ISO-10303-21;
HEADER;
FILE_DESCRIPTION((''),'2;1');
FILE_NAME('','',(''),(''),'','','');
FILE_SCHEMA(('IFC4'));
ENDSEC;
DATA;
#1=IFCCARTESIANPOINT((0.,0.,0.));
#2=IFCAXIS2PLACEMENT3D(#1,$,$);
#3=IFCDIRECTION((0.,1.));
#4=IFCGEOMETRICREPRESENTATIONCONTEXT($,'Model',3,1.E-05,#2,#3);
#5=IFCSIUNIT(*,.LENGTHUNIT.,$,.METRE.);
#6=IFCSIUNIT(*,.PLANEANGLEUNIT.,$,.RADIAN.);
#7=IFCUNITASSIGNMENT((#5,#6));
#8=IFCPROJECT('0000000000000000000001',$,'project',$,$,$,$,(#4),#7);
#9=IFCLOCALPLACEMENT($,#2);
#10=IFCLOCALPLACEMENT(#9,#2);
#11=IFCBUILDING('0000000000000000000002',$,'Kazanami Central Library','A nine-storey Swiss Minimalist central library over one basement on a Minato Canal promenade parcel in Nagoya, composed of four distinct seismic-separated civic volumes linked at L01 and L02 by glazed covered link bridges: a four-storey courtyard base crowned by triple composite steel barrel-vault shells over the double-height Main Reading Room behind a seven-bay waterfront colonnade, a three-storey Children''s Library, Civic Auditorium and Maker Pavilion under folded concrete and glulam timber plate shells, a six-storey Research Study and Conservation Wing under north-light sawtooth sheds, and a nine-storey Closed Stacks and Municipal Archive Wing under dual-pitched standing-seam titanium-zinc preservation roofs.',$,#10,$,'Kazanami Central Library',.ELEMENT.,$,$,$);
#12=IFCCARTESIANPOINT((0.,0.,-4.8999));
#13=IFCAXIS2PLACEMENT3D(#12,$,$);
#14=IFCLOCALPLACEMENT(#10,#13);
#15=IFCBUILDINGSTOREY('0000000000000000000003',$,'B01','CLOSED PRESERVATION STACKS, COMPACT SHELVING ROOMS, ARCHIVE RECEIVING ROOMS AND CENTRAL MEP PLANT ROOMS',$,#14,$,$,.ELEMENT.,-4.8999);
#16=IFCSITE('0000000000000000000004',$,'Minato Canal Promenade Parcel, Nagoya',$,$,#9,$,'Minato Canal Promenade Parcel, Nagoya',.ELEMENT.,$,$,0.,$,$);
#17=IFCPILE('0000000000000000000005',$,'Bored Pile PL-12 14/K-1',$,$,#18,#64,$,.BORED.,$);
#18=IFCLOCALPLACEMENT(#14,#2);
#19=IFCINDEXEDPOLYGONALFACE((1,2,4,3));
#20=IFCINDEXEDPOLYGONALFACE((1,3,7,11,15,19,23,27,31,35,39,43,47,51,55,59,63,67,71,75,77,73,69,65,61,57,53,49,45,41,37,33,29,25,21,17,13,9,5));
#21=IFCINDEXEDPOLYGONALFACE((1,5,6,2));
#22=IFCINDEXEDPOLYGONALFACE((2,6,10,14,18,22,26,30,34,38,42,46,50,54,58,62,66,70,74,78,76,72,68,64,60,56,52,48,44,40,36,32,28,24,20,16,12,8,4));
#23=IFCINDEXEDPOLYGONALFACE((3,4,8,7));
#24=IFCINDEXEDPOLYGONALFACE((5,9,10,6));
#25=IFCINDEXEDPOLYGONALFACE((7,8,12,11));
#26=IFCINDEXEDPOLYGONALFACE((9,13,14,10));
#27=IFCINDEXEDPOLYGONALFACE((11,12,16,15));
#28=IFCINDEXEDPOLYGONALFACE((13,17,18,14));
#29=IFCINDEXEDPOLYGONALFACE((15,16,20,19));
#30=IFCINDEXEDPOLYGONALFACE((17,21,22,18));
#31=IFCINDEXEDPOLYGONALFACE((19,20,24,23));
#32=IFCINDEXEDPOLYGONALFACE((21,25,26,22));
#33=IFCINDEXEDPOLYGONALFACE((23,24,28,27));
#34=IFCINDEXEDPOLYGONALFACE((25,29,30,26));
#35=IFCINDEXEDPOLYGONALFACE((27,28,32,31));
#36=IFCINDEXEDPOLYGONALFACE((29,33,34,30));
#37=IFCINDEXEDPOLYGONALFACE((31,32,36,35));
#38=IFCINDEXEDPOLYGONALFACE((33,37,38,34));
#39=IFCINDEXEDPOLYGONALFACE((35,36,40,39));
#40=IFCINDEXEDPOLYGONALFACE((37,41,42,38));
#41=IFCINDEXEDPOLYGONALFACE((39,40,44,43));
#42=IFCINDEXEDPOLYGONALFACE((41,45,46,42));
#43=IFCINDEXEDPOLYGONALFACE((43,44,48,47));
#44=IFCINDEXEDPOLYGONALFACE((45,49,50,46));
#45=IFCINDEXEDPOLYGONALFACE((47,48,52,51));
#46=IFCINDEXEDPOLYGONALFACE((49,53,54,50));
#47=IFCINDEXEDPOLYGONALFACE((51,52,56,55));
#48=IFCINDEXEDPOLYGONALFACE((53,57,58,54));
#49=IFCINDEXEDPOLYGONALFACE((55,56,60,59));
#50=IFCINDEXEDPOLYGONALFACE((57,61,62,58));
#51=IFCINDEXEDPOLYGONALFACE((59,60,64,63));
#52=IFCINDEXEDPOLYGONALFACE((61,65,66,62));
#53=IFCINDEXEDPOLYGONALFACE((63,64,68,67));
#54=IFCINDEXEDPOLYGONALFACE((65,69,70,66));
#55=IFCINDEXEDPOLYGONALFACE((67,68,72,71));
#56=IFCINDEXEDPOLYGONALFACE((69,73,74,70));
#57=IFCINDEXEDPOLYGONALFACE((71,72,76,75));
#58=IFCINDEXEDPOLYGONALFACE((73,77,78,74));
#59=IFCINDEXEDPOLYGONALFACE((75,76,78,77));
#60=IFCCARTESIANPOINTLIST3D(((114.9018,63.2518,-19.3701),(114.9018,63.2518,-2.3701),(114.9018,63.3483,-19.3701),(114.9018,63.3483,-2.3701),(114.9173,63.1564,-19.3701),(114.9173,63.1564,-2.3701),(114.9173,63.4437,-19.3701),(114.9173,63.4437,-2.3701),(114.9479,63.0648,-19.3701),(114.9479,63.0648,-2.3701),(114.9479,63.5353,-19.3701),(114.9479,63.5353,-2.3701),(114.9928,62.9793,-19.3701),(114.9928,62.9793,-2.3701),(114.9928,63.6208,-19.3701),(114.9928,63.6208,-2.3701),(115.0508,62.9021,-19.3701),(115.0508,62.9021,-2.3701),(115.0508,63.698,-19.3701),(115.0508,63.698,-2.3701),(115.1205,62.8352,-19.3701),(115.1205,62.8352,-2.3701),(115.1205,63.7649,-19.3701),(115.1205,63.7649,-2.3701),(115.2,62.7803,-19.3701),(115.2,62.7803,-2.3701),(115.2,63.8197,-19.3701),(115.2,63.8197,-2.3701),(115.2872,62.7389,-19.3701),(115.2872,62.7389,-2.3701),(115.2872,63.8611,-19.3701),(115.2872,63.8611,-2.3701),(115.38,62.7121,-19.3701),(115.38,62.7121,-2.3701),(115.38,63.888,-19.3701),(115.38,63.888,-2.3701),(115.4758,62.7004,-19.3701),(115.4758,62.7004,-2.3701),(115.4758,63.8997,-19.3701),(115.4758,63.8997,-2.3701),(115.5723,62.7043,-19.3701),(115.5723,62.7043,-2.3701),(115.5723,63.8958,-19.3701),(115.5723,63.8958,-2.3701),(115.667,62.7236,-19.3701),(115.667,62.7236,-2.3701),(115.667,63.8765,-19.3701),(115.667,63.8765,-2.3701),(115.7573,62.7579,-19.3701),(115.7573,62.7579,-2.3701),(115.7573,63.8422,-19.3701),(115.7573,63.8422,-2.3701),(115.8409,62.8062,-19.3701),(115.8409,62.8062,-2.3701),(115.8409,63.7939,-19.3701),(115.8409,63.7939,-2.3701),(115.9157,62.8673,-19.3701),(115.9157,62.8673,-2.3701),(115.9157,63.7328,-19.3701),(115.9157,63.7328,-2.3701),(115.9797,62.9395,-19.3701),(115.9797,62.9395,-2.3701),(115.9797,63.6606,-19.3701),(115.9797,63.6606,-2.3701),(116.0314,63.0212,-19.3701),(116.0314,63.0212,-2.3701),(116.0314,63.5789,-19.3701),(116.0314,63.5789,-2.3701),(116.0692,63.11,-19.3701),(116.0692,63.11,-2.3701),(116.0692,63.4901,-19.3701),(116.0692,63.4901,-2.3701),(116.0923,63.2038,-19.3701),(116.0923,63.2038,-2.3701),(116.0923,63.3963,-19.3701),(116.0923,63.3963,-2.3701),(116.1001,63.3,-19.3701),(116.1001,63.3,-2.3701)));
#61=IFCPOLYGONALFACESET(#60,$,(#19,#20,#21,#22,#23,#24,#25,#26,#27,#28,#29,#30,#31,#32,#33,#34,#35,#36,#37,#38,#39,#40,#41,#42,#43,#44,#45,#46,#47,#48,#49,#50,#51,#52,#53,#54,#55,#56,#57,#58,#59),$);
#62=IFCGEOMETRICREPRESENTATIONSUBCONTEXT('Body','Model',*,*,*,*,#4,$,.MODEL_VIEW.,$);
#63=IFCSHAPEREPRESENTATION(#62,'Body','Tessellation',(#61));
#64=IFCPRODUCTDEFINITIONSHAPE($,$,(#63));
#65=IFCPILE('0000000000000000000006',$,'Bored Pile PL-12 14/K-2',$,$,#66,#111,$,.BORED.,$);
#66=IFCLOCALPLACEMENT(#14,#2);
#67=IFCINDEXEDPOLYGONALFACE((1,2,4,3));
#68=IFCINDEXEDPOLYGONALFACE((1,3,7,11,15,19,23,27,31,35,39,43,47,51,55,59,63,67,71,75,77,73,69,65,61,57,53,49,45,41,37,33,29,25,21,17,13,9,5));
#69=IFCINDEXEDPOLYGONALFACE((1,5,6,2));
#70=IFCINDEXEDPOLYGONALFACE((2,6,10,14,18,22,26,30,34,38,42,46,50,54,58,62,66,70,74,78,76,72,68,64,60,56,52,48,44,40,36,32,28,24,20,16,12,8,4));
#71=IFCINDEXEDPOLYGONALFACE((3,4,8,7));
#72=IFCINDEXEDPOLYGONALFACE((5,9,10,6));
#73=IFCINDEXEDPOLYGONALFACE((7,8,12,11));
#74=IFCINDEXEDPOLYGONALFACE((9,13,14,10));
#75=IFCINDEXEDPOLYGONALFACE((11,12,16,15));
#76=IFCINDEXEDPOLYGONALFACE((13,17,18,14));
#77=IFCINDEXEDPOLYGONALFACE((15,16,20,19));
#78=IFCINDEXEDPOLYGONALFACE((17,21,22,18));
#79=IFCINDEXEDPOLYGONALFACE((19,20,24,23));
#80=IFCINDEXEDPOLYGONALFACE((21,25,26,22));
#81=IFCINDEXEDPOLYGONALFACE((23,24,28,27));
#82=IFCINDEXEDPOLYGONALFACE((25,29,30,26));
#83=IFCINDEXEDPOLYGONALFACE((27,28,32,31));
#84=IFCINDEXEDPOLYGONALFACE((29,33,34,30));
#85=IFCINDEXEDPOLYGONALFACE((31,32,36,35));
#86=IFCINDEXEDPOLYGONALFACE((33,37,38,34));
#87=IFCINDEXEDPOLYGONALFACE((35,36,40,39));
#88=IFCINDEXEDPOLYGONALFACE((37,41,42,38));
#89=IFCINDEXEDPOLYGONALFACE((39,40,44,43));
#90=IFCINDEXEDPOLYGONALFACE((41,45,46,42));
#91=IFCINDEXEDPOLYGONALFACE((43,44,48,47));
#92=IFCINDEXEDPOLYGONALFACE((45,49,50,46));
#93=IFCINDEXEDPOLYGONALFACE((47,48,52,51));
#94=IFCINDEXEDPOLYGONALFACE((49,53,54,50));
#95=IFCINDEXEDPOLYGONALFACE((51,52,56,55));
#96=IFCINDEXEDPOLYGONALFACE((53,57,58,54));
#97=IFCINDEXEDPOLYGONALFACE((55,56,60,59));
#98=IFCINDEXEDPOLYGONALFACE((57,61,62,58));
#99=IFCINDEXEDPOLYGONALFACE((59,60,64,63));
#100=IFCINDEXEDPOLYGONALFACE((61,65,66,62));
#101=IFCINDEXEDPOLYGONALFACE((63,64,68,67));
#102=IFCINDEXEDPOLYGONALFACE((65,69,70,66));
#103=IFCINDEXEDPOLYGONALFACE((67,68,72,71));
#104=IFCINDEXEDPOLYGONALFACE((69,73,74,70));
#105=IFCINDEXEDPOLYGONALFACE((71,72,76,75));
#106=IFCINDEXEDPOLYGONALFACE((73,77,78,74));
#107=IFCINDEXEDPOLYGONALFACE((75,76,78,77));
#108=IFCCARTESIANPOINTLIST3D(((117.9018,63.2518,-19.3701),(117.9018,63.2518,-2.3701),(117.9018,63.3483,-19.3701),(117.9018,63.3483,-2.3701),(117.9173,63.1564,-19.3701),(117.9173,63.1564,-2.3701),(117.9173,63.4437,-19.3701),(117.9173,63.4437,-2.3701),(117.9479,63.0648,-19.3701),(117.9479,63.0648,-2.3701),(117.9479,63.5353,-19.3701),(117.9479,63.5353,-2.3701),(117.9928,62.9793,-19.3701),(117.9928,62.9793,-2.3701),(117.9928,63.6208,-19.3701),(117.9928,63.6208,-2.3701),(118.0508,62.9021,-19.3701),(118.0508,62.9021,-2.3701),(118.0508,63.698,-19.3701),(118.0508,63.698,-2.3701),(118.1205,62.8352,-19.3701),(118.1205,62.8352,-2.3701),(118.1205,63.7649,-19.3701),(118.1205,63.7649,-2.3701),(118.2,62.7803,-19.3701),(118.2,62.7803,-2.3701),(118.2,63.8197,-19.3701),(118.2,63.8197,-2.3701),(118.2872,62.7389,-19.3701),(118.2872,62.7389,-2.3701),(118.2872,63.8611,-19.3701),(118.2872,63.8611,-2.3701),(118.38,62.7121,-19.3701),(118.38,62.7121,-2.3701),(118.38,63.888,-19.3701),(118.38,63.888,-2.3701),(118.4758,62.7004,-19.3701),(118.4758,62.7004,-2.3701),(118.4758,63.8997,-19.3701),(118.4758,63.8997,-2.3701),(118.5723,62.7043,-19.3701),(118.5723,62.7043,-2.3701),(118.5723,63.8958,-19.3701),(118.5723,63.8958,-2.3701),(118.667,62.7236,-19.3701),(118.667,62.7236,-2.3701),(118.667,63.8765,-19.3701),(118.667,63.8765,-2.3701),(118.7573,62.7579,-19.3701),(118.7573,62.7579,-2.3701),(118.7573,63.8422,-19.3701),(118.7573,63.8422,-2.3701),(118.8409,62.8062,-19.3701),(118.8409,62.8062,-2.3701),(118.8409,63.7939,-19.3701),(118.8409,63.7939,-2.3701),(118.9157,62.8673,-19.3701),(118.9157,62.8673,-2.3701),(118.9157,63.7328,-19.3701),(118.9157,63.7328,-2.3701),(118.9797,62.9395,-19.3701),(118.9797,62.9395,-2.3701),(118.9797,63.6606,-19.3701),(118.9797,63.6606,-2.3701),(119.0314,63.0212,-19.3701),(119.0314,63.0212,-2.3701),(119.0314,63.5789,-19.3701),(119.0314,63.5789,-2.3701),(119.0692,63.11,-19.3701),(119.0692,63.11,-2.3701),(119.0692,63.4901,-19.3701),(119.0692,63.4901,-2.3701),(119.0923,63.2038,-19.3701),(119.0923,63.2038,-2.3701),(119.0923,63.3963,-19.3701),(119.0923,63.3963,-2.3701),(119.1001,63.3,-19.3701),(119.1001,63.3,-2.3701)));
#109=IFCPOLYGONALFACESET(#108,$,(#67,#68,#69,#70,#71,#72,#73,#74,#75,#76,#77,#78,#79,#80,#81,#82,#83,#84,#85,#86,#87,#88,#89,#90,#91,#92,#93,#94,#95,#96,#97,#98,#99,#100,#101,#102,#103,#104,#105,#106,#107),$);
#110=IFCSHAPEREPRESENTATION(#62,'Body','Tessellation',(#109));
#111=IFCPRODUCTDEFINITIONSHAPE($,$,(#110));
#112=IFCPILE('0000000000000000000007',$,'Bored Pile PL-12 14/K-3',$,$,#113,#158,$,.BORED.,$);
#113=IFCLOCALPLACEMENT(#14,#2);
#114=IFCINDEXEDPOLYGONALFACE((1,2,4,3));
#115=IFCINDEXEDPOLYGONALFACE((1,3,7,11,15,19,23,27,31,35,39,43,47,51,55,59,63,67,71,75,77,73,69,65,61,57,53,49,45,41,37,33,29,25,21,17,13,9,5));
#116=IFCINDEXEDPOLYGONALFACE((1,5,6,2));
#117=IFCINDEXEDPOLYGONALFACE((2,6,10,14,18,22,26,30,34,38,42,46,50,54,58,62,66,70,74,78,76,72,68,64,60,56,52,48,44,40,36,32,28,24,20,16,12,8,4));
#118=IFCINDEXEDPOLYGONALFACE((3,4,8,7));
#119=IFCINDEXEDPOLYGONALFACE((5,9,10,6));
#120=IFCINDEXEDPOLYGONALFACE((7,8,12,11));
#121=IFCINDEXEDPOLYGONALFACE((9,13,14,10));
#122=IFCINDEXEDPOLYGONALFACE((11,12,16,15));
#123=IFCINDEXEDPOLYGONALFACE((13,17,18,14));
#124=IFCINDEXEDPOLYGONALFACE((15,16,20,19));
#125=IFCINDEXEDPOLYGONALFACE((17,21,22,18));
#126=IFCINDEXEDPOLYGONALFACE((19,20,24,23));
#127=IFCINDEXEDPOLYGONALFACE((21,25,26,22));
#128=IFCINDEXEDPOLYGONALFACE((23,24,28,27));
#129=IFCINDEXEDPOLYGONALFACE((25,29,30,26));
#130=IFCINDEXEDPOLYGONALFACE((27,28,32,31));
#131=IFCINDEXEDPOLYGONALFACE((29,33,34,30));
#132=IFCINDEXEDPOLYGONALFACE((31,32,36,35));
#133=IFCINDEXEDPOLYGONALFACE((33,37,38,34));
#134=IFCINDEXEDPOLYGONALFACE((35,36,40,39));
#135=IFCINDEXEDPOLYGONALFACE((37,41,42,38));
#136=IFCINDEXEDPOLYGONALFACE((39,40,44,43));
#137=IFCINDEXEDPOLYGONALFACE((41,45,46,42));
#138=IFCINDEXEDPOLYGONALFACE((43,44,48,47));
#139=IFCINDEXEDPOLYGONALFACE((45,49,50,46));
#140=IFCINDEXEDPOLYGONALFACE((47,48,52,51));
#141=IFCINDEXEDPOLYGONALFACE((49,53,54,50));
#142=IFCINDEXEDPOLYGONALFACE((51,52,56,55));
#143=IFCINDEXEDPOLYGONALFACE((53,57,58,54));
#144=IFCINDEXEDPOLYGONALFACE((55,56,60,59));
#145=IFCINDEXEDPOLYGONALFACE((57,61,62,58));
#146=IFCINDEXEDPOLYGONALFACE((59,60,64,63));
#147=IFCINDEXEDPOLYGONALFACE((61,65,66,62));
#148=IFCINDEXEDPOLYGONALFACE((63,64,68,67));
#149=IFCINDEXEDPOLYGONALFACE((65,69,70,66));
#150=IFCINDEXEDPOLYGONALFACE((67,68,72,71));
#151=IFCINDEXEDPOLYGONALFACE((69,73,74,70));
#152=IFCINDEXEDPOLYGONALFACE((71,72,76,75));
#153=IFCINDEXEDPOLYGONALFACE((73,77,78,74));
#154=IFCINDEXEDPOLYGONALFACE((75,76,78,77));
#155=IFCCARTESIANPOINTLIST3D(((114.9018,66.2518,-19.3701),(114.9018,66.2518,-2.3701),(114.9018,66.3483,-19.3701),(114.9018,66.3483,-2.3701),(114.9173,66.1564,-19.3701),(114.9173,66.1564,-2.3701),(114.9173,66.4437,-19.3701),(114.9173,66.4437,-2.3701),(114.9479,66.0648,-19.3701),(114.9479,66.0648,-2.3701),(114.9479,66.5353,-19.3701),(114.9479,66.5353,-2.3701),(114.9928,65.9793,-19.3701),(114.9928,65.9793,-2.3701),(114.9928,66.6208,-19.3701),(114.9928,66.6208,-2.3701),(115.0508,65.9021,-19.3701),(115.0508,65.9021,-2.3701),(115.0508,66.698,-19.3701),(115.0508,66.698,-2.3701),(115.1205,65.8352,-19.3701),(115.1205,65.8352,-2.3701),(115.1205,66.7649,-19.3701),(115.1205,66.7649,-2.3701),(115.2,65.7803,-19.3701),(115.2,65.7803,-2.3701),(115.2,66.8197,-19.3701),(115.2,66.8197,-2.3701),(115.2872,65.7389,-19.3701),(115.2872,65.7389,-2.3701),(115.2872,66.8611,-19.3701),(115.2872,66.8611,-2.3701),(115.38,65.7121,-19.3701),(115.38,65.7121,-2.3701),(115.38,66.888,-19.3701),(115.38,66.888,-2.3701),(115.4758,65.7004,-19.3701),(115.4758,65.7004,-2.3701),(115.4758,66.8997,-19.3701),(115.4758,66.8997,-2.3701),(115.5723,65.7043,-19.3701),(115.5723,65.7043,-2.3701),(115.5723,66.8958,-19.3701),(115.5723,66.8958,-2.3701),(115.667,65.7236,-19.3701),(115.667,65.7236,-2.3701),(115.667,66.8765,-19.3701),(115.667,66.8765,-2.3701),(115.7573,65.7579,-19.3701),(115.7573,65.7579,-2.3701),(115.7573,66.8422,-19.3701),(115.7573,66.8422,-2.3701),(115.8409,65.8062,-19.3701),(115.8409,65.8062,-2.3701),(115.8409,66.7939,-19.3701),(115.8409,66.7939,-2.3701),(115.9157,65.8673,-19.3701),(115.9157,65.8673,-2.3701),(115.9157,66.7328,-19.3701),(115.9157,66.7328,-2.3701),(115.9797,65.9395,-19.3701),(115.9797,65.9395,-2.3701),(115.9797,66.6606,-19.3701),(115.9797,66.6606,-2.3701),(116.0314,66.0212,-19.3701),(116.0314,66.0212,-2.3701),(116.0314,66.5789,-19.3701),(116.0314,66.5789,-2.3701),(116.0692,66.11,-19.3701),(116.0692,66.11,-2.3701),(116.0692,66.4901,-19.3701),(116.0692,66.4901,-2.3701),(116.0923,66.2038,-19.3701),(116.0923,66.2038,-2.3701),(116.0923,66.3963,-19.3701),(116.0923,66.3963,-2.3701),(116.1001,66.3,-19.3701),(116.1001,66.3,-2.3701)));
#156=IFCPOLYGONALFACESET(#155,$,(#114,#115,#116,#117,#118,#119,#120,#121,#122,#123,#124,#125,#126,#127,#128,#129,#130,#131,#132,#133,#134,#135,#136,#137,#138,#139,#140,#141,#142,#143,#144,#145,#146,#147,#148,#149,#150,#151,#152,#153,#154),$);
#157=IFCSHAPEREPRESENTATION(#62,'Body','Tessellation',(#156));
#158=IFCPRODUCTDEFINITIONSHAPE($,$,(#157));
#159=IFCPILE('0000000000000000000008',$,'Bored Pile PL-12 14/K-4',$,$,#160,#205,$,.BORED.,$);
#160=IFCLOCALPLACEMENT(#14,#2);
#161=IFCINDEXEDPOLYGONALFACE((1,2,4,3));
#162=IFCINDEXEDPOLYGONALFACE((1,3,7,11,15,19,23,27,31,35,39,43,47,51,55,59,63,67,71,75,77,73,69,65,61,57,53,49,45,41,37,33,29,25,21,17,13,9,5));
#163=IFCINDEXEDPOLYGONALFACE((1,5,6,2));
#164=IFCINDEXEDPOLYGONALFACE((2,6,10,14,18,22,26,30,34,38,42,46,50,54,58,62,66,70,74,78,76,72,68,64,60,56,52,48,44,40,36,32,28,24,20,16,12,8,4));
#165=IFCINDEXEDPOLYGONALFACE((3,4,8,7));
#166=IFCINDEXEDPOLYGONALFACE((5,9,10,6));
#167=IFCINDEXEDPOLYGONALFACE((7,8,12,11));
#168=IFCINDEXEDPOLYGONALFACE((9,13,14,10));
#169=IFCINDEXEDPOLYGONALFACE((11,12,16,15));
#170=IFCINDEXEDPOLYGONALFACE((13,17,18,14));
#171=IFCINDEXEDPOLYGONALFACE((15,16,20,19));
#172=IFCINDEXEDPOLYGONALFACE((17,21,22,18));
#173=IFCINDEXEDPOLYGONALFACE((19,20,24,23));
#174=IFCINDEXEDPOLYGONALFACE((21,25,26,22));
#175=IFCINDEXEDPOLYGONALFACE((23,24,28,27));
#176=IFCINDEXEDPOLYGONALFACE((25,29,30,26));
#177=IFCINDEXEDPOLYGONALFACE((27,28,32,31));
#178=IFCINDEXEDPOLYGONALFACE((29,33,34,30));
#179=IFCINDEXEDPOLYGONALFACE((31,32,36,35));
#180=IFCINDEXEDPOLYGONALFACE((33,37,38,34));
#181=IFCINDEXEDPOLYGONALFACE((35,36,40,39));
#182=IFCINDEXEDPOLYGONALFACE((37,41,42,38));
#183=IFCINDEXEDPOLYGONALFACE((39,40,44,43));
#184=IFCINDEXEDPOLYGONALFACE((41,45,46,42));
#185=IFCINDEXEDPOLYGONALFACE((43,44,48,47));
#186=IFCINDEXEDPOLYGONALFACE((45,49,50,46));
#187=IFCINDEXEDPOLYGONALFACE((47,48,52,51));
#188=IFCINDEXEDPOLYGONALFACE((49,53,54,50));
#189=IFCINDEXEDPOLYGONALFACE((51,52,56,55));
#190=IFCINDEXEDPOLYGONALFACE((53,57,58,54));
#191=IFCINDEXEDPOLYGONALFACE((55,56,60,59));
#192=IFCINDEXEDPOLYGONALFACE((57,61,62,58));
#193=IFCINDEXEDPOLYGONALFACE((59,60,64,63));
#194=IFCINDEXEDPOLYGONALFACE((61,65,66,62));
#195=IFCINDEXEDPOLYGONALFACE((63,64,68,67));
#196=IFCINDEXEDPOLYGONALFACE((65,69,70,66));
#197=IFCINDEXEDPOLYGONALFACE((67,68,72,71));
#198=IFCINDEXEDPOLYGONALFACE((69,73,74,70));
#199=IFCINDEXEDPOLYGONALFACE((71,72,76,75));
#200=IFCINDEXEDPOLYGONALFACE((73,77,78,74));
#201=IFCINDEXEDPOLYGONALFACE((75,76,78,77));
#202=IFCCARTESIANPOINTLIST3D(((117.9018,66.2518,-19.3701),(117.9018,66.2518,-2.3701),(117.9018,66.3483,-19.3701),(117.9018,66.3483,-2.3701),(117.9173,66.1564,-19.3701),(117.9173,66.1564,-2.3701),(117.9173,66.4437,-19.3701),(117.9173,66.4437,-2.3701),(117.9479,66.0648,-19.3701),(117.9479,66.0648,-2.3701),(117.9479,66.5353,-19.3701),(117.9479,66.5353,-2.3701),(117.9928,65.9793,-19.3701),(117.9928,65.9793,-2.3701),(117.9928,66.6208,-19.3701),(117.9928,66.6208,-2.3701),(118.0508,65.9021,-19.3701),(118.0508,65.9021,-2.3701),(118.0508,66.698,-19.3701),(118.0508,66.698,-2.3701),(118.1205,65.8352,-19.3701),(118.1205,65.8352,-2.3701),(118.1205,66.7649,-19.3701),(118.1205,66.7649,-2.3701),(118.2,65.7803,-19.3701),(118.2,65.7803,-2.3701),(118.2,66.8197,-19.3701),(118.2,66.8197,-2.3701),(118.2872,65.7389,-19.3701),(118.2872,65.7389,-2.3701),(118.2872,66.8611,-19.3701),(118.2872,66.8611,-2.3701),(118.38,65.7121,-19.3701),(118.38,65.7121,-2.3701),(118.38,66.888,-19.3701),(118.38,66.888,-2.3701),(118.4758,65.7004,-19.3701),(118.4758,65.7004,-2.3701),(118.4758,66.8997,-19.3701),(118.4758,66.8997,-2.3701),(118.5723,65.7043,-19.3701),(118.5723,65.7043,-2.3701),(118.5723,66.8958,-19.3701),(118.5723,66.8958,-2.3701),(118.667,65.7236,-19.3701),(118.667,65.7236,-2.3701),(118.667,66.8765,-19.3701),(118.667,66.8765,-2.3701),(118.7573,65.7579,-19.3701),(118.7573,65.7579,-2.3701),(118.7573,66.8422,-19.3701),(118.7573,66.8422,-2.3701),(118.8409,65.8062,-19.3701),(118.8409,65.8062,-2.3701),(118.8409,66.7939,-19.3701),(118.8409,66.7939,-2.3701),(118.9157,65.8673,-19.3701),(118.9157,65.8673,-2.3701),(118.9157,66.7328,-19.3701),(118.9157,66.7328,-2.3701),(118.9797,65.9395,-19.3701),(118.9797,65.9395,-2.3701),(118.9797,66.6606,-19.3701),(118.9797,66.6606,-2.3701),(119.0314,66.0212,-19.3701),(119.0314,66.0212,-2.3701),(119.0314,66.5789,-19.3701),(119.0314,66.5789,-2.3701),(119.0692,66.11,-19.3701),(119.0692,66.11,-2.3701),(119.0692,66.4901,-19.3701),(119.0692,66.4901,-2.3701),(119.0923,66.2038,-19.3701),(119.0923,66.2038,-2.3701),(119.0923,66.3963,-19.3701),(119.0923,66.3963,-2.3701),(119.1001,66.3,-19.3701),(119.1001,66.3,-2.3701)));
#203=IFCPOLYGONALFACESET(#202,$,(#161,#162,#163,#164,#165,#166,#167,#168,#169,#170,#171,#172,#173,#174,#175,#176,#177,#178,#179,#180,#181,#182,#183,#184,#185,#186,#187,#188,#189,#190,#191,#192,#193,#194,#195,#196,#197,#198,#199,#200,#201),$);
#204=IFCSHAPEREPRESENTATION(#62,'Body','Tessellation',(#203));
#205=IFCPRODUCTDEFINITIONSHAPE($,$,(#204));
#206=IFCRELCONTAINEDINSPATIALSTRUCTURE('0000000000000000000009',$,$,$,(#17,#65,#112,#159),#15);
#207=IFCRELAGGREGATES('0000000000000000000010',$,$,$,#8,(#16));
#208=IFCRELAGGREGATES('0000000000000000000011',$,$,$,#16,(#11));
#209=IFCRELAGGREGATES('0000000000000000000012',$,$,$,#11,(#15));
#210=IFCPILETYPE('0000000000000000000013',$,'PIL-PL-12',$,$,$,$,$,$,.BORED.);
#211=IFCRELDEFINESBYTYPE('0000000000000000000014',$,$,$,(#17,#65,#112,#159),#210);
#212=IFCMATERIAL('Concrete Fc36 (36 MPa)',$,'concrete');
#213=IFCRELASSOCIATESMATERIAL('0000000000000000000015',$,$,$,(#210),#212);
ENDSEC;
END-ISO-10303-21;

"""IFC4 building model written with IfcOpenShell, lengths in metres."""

from ifc_helpers import new_model, si_unit, direction, frame, origin, origin_2d, place, context, subcontext, project, spatial, circle, extrude, material, material_profile, profile_set, type_object, element, save


model = new_model("IFC4")

# Units and contexts
model_context = context("Model", 3, precision=1e-05, world=origin(), true_north=direction((0.0, 1.0)))
body_context = subcontext(model_context, "Body", "Model", "MODEL_VIEW")
ifc_project = project(units=[si_unit("LENGTHUNIT", "METRE"), si_unit("PLANEANGLEUNIT", "RADIAN")], contexts=[model_context])

# Site, building, storey
site_placement = place(None, origin())
site = spatial("IfcSite", under=ifc_project, at=site_placement, Name="Minato Canal Promenade Parcel, Nagoya", LongName="Minato Canal Promenade Parcel, Nagoya", CompositionType="ELEMENT", RefElevation=0.0)
building_placement = place(site_placement, origin())
building = spatial("IfcBuilding", under=site, at=building_placement, Name="Kazanami Central Library", Description="A nine-storey Swiss Minimalist central library over one basement on a Minato Canal promenade parcel in Nagoya, composed of four distinct seismic-separated civic volumes linked at L01 and L02 by glazed covered link bridges: a four-storey courtyard base crowned by triple composite steel barrel-vault shells over the double-height Main Reading Room behind a seven-bay waterfront colonnade, a three-storey Children's Library, Civic Auditorium and Maker Pavilion under folded concrete and glulam timber plate shells, a six-storey Research Study and Conservation Wing under north-light sawtooth sheds, and a nine-storey Closed Stacks and Municipal Archive Wing under dual-pitched standing-seam titanium-zinc preservation roofs.", LongName="Kazanami Central Library", CompositionType="ELEMENT")
storey_placement = place(building_placement, frame((0.0, 0.0, -4.8999)))
storey = spatial("IfcBuildingStorey", under=building, at=storey_placement, Name="B01", Description="CLOSED PRESERVATION STACKS, COMPACT SHELVING ROOMS, ARCHIVE RECEIVING ROOMS AND CENTRAL MEP PLANT ROOMS", CompositionType="ELEMENT", Elevation=-4.8999)

# Shared definitions
ifc_material_1 = material(Name="Concrete Fc36 (36 MPa)", Category="concrete")

# Piles
ifc_material_profile_1 = material_profile(ifc_material_1, circle(Radius=0.6001, at=origin_2d()), Name="BORED-D1200")
ifc_profile_set_1 = profile_set([ifc_material_profile_1], Name="Concrete Fc36 (36 MPa)")
pile_type_1 = type_object("IfcPileType", Name="PIL-PL-12", PredefinedType="BORED", material=ifc_profile_set_1)
for number, where, z_axis, x_axis, name in (
    (1, (115.5, 63.3, -2.3701), (0.0, 0.0, -1.0), (1.0, 0.0, 0.0), "Bored Pile PL-12 14/K-1"),
    (2, (118.5, 63.3, -2.3701), (0.0, 0.0, -1.0), (1.0, 0.0, 0.0), "Bored Pile PL-12 14/K-2"),
    (3, (115.5, 66.3, -2.3701), (0.0, 0.0, -1.0), (1.0, 0.0, 0.0), "Bored Pile PL-12 14/K-3"),
    (4, (118.5, 66.3, -2.3701), (0.0, 0.0, -1.0), (1.0, 0.0, 0.0), "Bored Pile PL-12 14/K-4"),
):
    element("IfcPile", number, at=place(storey_placement, frame(where, z_axis=z_axis, x_axis=x_axis)), inside=storey, type_object=pile_type_1, Name=name, PredefinedType="BORED", context=body_context, shape_type="SweptSolid", body=[
        extrude(circle(Radius=0.6001, at=origin_2d()), origin(), (0.0, 0.0, 1.0), 17.0),
    ])

save(model, "model.ifc")
